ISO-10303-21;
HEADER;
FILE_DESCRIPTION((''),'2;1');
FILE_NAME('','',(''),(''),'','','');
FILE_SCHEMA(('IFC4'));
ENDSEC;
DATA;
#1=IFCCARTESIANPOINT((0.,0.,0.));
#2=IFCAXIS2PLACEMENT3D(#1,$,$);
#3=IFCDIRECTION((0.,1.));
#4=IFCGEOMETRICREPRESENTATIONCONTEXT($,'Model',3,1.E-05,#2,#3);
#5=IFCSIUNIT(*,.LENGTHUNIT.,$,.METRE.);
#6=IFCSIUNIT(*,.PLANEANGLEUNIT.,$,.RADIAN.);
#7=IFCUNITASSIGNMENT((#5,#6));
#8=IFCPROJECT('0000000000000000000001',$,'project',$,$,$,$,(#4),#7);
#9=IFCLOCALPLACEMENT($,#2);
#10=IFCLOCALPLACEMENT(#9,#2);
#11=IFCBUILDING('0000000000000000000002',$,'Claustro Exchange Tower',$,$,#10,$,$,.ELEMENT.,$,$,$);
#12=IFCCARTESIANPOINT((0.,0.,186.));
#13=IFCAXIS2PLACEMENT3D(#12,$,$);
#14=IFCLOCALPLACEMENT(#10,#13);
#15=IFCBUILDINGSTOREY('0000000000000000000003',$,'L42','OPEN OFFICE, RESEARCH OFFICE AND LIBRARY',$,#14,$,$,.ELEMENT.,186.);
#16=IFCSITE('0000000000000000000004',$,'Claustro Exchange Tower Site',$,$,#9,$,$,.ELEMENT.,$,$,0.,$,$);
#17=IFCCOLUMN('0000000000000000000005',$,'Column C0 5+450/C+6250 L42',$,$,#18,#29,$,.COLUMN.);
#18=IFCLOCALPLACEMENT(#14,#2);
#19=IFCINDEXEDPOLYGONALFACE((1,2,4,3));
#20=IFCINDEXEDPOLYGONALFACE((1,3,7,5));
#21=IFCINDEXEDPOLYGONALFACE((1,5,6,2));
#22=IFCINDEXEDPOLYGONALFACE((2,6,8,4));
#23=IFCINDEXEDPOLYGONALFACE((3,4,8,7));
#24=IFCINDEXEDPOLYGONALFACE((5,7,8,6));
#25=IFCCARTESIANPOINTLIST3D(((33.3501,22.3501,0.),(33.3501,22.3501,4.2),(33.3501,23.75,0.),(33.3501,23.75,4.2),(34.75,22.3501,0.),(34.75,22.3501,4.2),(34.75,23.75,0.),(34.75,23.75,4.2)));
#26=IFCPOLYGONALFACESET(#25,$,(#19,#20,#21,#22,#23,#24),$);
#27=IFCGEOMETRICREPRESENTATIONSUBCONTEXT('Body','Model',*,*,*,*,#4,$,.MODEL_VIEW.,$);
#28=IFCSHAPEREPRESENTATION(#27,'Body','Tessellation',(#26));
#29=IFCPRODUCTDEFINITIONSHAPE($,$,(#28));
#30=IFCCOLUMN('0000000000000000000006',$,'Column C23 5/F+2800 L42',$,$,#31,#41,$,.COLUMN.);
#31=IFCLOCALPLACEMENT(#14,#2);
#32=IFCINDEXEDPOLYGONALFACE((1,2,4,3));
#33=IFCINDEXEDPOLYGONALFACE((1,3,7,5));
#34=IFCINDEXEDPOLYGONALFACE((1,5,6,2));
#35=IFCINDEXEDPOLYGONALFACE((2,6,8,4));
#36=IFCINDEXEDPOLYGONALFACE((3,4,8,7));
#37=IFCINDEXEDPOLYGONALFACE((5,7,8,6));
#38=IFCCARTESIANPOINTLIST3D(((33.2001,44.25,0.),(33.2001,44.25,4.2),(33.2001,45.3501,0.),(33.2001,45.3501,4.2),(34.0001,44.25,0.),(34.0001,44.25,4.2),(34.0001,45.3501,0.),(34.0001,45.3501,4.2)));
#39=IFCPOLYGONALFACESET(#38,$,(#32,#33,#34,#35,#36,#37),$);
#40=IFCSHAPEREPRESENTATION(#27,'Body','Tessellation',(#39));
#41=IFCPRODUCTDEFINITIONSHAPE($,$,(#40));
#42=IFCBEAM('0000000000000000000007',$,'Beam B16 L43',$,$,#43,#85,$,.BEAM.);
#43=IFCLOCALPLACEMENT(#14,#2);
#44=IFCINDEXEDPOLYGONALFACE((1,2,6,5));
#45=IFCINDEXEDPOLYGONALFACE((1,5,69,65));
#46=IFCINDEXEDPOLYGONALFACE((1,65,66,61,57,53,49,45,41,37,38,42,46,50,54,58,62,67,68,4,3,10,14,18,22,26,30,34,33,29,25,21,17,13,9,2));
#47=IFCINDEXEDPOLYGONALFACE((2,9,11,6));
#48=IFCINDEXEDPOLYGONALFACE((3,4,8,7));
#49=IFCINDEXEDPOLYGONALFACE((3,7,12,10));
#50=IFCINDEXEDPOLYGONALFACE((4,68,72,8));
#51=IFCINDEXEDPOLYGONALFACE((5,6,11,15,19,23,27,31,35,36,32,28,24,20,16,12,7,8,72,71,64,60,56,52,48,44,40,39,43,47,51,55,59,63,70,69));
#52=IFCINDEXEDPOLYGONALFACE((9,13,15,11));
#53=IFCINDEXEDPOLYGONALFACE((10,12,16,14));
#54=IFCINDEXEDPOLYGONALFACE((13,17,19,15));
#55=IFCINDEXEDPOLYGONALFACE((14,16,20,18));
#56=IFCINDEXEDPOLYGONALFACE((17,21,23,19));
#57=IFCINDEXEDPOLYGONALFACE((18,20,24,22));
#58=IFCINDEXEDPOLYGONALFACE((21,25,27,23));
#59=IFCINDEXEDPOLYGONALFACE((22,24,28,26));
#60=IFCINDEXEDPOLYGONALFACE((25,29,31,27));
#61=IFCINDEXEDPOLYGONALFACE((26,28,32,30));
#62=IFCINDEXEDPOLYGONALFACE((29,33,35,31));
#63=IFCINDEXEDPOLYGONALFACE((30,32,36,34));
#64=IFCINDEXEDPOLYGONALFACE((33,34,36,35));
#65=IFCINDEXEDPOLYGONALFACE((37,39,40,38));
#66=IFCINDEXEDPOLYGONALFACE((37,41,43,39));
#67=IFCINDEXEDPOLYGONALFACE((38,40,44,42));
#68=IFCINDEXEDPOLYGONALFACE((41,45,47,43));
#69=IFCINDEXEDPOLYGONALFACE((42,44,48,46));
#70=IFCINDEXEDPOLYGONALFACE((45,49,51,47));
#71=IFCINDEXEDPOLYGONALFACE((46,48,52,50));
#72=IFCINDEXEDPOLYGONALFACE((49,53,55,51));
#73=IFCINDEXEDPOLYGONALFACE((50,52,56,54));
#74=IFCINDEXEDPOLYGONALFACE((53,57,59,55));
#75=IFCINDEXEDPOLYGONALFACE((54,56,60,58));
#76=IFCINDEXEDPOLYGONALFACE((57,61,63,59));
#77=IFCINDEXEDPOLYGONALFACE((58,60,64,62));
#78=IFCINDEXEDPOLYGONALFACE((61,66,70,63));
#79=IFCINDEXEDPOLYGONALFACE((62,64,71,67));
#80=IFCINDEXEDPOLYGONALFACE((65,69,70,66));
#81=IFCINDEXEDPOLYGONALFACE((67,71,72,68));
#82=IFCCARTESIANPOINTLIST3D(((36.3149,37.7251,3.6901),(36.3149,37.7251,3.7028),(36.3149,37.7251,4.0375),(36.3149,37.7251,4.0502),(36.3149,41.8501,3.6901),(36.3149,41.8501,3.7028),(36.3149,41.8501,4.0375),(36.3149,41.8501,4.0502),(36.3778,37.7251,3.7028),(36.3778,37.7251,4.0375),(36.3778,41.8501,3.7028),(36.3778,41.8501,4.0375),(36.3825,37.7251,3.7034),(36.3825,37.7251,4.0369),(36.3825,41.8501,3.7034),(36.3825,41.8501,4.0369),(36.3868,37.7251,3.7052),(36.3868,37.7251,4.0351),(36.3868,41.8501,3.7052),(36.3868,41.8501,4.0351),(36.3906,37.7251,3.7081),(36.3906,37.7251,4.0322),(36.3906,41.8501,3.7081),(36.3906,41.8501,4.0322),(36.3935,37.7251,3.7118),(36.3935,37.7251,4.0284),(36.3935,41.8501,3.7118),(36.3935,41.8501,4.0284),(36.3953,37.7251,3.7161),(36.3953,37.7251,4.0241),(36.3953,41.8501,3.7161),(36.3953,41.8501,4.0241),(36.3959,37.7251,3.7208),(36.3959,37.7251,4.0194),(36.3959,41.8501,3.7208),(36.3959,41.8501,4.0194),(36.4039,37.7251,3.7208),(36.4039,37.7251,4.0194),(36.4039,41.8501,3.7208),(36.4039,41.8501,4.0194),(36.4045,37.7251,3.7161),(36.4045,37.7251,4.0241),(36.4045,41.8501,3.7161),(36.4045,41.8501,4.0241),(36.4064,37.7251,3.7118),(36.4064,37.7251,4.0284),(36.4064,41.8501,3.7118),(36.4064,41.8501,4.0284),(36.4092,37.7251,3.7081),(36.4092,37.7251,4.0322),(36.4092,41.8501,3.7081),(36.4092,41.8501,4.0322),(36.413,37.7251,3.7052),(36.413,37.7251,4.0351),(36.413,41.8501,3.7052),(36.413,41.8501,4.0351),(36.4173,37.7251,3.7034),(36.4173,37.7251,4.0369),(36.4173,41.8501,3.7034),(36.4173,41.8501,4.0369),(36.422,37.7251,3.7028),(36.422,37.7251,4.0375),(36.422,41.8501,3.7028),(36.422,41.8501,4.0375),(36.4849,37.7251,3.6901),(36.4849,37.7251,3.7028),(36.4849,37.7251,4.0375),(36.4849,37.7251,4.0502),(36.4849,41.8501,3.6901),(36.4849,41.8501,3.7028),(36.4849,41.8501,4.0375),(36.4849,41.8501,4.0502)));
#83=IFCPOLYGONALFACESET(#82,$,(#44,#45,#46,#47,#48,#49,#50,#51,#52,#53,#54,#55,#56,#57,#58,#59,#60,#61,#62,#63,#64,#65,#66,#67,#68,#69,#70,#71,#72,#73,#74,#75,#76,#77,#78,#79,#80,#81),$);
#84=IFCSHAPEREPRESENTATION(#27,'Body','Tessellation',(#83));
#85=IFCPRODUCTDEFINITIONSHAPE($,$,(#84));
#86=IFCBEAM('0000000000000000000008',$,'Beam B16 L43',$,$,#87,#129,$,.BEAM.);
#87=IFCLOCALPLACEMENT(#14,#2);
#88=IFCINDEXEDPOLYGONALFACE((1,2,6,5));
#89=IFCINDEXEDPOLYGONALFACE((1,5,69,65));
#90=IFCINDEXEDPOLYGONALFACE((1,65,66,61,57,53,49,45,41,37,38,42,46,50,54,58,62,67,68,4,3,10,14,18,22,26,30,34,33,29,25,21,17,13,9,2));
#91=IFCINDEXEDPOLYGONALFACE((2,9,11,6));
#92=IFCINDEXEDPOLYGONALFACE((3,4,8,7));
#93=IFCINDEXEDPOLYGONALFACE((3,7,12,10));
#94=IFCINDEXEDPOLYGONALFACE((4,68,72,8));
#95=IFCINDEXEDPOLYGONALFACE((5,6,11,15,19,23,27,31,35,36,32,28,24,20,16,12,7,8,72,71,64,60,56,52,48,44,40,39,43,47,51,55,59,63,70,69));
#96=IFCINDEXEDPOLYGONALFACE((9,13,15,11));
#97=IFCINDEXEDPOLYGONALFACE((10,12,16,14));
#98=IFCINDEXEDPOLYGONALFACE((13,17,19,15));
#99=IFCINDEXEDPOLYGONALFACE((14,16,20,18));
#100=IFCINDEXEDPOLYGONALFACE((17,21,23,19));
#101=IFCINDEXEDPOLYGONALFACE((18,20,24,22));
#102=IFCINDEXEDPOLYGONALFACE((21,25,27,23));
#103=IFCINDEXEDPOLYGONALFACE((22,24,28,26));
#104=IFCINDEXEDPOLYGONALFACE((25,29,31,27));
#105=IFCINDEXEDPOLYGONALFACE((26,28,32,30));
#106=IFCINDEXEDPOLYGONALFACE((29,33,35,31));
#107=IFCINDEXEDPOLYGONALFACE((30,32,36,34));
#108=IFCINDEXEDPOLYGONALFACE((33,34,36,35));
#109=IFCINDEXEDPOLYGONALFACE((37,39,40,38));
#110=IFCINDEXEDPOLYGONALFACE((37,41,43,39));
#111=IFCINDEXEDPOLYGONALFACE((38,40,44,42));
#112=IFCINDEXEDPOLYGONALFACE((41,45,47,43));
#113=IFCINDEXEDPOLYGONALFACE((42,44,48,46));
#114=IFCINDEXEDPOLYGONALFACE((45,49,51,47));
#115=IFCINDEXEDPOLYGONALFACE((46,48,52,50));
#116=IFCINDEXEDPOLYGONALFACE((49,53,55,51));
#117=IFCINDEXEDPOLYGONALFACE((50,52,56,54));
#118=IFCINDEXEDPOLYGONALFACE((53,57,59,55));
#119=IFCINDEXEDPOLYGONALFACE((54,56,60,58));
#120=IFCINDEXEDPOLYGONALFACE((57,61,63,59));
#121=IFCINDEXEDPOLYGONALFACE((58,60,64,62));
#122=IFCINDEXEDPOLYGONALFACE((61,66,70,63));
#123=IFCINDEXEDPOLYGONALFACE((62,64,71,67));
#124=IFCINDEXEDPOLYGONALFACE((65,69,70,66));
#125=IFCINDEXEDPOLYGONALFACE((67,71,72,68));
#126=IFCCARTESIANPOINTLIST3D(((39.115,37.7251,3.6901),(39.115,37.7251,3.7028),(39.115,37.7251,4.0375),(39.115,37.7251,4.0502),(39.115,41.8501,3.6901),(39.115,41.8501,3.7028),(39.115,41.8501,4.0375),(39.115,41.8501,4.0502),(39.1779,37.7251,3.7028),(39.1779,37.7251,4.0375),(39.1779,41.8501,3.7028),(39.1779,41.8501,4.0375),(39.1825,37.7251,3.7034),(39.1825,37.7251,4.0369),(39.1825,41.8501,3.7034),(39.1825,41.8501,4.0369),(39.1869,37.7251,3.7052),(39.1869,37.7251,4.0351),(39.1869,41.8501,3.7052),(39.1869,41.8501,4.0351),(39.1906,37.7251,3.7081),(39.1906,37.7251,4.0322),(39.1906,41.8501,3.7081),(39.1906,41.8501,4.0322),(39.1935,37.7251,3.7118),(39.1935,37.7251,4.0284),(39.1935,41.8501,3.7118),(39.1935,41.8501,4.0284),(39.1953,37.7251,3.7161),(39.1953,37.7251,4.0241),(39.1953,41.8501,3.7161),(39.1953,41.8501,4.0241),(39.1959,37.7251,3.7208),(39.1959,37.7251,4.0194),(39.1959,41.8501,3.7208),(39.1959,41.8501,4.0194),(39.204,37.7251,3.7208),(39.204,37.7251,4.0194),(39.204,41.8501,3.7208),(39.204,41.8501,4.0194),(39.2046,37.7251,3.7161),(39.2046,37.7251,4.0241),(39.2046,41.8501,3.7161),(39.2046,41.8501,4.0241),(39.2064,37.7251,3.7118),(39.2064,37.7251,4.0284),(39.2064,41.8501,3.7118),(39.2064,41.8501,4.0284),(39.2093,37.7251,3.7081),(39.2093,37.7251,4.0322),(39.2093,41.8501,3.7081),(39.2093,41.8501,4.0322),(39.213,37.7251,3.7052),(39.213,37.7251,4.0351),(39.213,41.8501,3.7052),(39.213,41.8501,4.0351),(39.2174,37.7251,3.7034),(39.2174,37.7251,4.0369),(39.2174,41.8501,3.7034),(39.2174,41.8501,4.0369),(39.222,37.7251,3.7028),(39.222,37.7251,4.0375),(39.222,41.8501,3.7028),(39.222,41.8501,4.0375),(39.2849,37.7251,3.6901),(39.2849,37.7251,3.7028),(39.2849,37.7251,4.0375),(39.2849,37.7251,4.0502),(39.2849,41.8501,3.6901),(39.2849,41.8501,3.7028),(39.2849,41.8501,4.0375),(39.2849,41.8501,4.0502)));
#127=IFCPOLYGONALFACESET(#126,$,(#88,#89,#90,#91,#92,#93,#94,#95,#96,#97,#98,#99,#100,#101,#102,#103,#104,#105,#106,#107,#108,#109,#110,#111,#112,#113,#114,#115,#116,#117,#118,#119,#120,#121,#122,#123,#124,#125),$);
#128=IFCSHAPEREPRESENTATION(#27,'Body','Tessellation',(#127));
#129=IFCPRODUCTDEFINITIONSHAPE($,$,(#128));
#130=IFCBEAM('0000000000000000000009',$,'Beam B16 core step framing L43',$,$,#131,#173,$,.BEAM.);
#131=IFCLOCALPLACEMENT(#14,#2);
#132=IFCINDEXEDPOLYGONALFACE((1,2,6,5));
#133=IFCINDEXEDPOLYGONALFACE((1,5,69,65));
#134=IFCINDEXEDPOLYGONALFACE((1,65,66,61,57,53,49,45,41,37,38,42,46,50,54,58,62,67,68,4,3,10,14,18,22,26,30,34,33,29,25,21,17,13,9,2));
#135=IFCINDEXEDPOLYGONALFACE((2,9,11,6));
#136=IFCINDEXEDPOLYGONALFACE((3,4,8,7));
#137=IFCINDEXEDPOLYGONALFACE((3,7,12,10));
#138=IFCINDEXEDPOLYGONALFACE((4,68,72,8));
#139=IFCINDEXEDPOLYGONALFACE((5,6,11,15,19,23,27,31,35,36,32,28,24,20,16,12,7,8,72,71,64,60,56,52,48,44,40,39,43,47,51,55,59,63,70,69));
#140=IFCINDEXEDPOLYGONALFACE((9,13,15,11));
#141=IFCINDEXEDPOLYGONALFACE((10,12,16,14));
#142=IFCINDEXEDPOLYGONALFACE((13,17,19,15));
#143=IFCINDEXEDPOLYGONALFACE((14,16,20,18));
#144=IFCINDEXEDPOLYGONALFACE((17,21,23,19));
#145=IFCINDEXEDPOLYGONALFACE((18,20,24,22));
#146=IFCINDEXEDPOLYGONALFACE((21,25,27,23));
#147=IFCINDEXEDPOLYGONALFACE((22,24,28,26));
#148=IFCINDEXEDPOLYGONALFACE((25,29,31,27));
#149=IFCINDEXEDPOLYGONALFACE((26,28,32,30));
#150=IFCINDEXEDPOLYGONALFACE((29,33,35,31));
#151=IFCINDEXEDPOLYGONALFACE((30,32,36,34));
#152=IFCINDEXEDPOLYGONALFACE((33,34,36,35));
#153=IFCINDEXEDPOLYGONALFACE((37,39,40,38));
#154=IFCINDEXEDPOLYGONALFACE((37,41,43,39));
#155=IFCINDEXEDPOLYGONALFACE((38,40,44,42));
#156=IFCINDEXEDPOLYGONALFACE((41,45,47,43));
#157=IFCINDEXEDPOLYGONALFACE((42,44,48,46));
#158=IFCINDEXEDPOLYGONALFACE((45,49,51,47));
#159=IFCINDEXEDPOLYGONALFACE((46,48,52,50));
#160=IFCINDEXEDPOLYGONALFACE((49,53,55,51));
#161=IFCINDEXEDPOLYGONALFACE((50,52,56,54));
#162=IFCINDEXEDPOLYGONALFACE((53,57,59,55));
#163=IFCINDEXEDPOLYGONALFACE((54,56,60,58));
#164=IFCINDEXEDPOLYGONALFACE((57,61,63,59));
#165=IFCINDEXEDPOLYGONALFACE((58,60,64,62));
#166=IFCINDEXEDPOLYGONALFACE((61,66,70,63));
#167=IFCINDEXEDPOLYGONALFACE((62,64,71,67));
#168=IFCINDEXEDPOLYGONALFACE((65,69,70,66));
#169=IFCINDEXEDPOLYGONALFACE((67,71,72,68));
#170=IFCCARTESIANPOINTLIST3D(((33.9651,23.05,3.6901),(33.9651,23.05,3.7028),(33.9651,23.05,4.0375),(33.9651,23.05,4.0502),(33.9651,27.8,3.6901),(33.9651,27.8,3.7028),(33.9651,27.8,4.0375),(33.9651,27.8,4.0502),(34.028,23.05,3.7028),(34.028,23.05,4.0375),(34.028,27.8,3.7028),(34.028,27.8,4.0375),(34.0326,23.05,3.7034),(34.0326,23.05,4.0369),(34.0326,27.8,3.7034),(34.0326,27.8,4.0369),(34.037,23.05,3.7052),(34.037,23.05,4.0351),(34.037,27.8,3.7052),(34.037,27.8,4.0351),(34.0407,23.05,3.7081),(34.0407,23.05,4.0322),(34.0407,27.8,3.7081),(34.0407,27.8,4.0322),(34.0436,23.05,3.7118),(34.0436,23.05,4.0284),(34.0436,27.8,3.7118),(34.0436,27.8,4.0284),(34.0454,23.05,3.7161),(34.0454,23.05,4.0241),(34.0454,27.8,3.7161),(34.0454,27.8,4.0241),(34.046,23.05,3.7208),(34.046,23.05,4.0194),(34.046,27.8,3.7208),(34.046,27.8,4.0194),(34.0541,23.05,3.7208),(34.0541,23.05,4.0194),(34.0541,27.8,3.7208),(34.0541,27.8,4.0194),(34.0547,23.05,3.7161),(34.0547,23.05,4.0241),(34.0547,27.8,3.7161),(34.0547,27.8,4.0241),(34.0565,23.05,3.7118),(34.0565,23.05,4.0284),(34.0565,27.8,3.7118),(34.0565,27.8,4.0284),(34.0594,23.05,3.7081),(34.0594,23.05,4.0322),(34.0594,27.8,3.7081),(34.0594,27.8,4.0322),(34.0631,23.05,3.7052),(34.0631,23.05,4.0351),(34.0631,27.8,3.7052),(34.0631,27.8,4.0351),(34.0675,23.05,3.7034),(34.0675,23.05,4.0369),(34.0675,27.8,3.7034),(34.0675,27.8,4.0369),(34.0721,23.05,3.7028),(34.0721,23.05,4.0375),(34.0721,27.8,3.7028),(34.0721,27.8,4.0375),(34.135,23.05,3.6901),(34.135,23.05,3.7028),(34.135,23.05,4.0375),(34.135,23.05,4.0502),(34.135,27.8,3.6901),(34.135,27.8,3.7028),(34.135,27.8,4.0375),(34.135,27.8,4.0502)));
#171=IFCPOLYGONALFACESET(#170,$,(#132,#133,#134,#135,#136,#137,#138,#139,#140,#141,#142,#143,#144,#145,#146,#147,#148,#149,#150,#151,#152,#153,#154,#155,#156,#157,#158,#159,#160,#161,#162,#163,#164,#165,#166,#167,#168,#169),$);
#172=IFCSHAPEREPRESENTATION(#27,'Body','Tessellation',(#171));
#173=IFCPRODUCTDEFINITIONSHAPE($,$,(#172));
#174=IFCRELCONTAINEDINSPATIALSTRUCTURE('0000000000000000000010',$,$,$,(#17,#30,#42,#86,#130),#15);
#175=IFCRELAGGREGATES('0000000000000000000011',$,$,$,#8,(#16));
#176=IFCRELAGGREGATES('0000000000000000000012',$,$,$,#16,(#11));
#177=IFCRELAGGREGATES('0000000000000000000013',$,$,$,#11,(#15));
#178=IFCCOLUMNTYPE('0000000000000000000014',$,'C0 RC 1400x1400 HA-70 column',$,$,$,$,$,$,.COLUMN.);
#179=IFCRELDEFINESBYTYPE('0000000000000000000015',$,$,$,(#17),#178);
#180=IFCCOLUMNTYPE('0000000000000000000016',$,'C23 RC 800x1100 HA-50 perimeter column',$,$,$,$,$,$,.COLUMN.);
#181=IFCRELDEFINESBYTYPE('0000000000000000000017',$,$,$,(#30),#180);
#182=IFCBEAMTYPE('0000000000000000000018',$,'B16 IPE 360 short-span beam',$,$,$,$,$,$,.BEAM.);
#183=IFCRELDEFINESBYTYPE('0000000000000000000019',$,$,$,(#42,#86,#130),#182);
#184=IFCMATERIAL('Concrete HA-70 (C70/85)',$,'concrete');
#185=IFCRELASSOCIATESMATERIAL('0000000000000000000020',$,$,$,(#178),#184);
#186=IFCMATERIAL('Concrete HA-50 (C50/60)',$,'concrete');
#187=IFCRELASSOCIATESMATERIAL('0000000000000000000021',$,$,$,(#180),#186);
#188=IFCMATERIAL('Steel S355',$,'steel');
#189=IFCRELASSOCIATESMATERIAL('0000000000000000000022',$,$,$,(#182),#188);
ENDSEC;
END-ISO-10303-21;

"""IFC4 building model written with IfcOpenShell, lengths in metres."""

from ifc_helpers import new_model, si_unit, direction, frame, origin, origin_2d, place, context, subcontext, project, spatial, rectangle, i_section, extrude, material, material_profile, profile_set, type_object, element, save


model = new_model("IFC4")

# Units and contexts
model_context = context("Model", 3, precision=1e-05, world=origin(), true_north=direction((0.0, 1.0)))
body_context = subcontext(model_context, "Body", "Model", "MODEL_VIEW")
ifc_project = project(units=[si_unit("LENGTHUNIT", "METRE"), si_unit("PLANEANGLEUNIT", "RADIAN")], contexts=[model_context])

# Site, building, storey
site_placement = place(None, origin())
site = spatial("IfcSite", under=ifc_project, at=site_placement, Name="Claustro Exchange Tower Site", CompositionType="ELEMENT", RefElevation=0.0)
building_placement = place(site_placement, origin())
building = spatial("IfcBuilding", under=site, at=building_placement, Name="Claustro Exchange Tower", CompositionType="ELEMENT")
storey_placement = place(building_placement, frame((0.0, 0.0, 186.0)))
storey = spatial("IfcBuildingStorey", under=building, at=storey_placement, Name="L42", Description="OPEN OFFICE, RESEARCH OFFICE AND LIBRARY", CompositionType="ELEMENT", Elevation=186.0)

# Columns
ifc_material_1 = material(Name="Concrete HA-70 (C70/85)", Category="concrete")
ifc_material_profile_1 = material_profile(ifc_material_1, rectangle(XDim=1.3999, YDim=1.3999, at=origin_2d()), Name="RC 1400x1400")
ifc_profile_set_1 = profile_set([ifc_material_profile_1], Name="Concrete HA-70 (C70/85)")
column_type_1 = type_object("IfcColumnType", Name="C0 RC 1400x1400 HA-70 column", PredefinedType="COLUMN", material=ifc_profile_set_1)
column_1_placement = place(storey_placement, frame((34.05, 23.05, 0.0), z_axis=(0.0, 0.0, 1.0), x_axis=(1.0, 0.0, 0.0)))
element("IfcColumn", 1, at=column_1_placement, inside=storey, type_object=column_type_1, Name="Column C0 5+450/C+6250 L42", PredefinedType="COLUMN", context=body_context, shape_type="SweptSolid", body=[
    extrude(rectangle(XDim=1.3999, YDim=1.3999, at=origin_2d()), origin(), (0.0, 0.0, 1.0), 4.2),
])
ifc_material_2 = material(Name="Concrete HA-50 (C50/60)", Category="concrete")
ifc_material_profile_2 = material_profile(ifc_material_2, rectangle(XDim=0.8, YDim=1.1001, at=origin_2d()), Name="RC 800x1100")
ifc_profile_set_2 = profile_set([ifc_material_profile_2], Name="Concrete HA-50 (C50/60)")
column_type_2 = type_object("IfcColumnType", Name="C23 RC 800x1100 HA-50 perimeter column", PredefinedType="COLUMN", material=ifc_profile_set_2)
column_2_placement = place(storey_placement, frame((33.6001, 44.8, 0.0), z_axis=(0.0, 0.0, 1.0), x_axis=(1.0, 0.0, 0.0)))
element("IfcColumn", 2, at=column_2_placement, inside=storey, type_object=column_type_2, Name="Column C23 5/F+2800 L42", PredefinedType="COLUMN", context=body_context, shape_type="SweptSolid", body=[
    extrude(rectangle(XDim=0.8, YDim=1.1001, at=origin_2d()), origin(), (0.0, 0.0, 1.0), 4.2),
])

# Beams
ifc_material_3 = material(Name="Steel S355", Category="steel")
ifc_material_profile_3 = material_profile(ifc_material_3, i_section(OverallWidth=0.1699, OverallDepth=0.3601, WebThickness=0.0081, FlangeThickness=0.0127, FilletRadius=0.0181, at=origin_2d()), Name="IPE 360")
ifc_profile_set_3 = profile_set([ifc_material_profile_3], Name="Steel S355")
beam_type_1 = type_object("IfcBeamType", Name="B16 IPE 360 short-span beam", PredefinedType="BEAM", material=ifc_profile_set_3)
for number, where, z_axis, x_axis, name in (
    (3, (36.3999, 37.7251, 3.8701), (0.0, 1.0, 0.0), (-1.0, 0.0, 0.0), "Beam B16 L43"),
    (4, (39.2, 37.7251, 3.8701), (0.0, 1.0, 0.0), (-1.0, 0.0, 0.0), "Beam B16 L43"),
):
    element("IfcBeam", number, at=place(storey_placement, frame(where, z_axis=z_axis, x_axis=x_axis)), inside=storey, type_object=beam_type_1, Name=name, PredefinedType="BEAM", context=body_context, shape_type="SweptSolid", body=[
        extrude(i_section(OverallWidth=0.1699, OverallDepth=0.3601, WebThickness=0.0081, FlangeThickness=0.0127, FilletRadius=0.0181, at=origin_2d()), origin(), (0.0, 0.0, 1.0), 4.125),
    ])
beam_1_placement = place(storey_placement, frame((34.05, 23.05, 3.8701), z_axis=(0.0, 1.0, 0.0), x_axis=(-1.0, 0.0, 0.0)))
element("IfcBeam", 5, at=beam_1_placement, inside=storey, type_object=beam_type_1, Name="Beam B16 core step framing L43", PredefinedType="BEAM", context=body_context, shape_type="SweptSolid", body=[
    extrude(i_section(OverallWidth=0.1699, OverallDepth=0.3601, WebThickness=0.0081, FlangeThickness=0.0127, FilletRadius=0.0181, at=origin_2d()), origin(), (0.0, 0.0, 1.0), 4.75),
])

save(model, "model.ifc")
